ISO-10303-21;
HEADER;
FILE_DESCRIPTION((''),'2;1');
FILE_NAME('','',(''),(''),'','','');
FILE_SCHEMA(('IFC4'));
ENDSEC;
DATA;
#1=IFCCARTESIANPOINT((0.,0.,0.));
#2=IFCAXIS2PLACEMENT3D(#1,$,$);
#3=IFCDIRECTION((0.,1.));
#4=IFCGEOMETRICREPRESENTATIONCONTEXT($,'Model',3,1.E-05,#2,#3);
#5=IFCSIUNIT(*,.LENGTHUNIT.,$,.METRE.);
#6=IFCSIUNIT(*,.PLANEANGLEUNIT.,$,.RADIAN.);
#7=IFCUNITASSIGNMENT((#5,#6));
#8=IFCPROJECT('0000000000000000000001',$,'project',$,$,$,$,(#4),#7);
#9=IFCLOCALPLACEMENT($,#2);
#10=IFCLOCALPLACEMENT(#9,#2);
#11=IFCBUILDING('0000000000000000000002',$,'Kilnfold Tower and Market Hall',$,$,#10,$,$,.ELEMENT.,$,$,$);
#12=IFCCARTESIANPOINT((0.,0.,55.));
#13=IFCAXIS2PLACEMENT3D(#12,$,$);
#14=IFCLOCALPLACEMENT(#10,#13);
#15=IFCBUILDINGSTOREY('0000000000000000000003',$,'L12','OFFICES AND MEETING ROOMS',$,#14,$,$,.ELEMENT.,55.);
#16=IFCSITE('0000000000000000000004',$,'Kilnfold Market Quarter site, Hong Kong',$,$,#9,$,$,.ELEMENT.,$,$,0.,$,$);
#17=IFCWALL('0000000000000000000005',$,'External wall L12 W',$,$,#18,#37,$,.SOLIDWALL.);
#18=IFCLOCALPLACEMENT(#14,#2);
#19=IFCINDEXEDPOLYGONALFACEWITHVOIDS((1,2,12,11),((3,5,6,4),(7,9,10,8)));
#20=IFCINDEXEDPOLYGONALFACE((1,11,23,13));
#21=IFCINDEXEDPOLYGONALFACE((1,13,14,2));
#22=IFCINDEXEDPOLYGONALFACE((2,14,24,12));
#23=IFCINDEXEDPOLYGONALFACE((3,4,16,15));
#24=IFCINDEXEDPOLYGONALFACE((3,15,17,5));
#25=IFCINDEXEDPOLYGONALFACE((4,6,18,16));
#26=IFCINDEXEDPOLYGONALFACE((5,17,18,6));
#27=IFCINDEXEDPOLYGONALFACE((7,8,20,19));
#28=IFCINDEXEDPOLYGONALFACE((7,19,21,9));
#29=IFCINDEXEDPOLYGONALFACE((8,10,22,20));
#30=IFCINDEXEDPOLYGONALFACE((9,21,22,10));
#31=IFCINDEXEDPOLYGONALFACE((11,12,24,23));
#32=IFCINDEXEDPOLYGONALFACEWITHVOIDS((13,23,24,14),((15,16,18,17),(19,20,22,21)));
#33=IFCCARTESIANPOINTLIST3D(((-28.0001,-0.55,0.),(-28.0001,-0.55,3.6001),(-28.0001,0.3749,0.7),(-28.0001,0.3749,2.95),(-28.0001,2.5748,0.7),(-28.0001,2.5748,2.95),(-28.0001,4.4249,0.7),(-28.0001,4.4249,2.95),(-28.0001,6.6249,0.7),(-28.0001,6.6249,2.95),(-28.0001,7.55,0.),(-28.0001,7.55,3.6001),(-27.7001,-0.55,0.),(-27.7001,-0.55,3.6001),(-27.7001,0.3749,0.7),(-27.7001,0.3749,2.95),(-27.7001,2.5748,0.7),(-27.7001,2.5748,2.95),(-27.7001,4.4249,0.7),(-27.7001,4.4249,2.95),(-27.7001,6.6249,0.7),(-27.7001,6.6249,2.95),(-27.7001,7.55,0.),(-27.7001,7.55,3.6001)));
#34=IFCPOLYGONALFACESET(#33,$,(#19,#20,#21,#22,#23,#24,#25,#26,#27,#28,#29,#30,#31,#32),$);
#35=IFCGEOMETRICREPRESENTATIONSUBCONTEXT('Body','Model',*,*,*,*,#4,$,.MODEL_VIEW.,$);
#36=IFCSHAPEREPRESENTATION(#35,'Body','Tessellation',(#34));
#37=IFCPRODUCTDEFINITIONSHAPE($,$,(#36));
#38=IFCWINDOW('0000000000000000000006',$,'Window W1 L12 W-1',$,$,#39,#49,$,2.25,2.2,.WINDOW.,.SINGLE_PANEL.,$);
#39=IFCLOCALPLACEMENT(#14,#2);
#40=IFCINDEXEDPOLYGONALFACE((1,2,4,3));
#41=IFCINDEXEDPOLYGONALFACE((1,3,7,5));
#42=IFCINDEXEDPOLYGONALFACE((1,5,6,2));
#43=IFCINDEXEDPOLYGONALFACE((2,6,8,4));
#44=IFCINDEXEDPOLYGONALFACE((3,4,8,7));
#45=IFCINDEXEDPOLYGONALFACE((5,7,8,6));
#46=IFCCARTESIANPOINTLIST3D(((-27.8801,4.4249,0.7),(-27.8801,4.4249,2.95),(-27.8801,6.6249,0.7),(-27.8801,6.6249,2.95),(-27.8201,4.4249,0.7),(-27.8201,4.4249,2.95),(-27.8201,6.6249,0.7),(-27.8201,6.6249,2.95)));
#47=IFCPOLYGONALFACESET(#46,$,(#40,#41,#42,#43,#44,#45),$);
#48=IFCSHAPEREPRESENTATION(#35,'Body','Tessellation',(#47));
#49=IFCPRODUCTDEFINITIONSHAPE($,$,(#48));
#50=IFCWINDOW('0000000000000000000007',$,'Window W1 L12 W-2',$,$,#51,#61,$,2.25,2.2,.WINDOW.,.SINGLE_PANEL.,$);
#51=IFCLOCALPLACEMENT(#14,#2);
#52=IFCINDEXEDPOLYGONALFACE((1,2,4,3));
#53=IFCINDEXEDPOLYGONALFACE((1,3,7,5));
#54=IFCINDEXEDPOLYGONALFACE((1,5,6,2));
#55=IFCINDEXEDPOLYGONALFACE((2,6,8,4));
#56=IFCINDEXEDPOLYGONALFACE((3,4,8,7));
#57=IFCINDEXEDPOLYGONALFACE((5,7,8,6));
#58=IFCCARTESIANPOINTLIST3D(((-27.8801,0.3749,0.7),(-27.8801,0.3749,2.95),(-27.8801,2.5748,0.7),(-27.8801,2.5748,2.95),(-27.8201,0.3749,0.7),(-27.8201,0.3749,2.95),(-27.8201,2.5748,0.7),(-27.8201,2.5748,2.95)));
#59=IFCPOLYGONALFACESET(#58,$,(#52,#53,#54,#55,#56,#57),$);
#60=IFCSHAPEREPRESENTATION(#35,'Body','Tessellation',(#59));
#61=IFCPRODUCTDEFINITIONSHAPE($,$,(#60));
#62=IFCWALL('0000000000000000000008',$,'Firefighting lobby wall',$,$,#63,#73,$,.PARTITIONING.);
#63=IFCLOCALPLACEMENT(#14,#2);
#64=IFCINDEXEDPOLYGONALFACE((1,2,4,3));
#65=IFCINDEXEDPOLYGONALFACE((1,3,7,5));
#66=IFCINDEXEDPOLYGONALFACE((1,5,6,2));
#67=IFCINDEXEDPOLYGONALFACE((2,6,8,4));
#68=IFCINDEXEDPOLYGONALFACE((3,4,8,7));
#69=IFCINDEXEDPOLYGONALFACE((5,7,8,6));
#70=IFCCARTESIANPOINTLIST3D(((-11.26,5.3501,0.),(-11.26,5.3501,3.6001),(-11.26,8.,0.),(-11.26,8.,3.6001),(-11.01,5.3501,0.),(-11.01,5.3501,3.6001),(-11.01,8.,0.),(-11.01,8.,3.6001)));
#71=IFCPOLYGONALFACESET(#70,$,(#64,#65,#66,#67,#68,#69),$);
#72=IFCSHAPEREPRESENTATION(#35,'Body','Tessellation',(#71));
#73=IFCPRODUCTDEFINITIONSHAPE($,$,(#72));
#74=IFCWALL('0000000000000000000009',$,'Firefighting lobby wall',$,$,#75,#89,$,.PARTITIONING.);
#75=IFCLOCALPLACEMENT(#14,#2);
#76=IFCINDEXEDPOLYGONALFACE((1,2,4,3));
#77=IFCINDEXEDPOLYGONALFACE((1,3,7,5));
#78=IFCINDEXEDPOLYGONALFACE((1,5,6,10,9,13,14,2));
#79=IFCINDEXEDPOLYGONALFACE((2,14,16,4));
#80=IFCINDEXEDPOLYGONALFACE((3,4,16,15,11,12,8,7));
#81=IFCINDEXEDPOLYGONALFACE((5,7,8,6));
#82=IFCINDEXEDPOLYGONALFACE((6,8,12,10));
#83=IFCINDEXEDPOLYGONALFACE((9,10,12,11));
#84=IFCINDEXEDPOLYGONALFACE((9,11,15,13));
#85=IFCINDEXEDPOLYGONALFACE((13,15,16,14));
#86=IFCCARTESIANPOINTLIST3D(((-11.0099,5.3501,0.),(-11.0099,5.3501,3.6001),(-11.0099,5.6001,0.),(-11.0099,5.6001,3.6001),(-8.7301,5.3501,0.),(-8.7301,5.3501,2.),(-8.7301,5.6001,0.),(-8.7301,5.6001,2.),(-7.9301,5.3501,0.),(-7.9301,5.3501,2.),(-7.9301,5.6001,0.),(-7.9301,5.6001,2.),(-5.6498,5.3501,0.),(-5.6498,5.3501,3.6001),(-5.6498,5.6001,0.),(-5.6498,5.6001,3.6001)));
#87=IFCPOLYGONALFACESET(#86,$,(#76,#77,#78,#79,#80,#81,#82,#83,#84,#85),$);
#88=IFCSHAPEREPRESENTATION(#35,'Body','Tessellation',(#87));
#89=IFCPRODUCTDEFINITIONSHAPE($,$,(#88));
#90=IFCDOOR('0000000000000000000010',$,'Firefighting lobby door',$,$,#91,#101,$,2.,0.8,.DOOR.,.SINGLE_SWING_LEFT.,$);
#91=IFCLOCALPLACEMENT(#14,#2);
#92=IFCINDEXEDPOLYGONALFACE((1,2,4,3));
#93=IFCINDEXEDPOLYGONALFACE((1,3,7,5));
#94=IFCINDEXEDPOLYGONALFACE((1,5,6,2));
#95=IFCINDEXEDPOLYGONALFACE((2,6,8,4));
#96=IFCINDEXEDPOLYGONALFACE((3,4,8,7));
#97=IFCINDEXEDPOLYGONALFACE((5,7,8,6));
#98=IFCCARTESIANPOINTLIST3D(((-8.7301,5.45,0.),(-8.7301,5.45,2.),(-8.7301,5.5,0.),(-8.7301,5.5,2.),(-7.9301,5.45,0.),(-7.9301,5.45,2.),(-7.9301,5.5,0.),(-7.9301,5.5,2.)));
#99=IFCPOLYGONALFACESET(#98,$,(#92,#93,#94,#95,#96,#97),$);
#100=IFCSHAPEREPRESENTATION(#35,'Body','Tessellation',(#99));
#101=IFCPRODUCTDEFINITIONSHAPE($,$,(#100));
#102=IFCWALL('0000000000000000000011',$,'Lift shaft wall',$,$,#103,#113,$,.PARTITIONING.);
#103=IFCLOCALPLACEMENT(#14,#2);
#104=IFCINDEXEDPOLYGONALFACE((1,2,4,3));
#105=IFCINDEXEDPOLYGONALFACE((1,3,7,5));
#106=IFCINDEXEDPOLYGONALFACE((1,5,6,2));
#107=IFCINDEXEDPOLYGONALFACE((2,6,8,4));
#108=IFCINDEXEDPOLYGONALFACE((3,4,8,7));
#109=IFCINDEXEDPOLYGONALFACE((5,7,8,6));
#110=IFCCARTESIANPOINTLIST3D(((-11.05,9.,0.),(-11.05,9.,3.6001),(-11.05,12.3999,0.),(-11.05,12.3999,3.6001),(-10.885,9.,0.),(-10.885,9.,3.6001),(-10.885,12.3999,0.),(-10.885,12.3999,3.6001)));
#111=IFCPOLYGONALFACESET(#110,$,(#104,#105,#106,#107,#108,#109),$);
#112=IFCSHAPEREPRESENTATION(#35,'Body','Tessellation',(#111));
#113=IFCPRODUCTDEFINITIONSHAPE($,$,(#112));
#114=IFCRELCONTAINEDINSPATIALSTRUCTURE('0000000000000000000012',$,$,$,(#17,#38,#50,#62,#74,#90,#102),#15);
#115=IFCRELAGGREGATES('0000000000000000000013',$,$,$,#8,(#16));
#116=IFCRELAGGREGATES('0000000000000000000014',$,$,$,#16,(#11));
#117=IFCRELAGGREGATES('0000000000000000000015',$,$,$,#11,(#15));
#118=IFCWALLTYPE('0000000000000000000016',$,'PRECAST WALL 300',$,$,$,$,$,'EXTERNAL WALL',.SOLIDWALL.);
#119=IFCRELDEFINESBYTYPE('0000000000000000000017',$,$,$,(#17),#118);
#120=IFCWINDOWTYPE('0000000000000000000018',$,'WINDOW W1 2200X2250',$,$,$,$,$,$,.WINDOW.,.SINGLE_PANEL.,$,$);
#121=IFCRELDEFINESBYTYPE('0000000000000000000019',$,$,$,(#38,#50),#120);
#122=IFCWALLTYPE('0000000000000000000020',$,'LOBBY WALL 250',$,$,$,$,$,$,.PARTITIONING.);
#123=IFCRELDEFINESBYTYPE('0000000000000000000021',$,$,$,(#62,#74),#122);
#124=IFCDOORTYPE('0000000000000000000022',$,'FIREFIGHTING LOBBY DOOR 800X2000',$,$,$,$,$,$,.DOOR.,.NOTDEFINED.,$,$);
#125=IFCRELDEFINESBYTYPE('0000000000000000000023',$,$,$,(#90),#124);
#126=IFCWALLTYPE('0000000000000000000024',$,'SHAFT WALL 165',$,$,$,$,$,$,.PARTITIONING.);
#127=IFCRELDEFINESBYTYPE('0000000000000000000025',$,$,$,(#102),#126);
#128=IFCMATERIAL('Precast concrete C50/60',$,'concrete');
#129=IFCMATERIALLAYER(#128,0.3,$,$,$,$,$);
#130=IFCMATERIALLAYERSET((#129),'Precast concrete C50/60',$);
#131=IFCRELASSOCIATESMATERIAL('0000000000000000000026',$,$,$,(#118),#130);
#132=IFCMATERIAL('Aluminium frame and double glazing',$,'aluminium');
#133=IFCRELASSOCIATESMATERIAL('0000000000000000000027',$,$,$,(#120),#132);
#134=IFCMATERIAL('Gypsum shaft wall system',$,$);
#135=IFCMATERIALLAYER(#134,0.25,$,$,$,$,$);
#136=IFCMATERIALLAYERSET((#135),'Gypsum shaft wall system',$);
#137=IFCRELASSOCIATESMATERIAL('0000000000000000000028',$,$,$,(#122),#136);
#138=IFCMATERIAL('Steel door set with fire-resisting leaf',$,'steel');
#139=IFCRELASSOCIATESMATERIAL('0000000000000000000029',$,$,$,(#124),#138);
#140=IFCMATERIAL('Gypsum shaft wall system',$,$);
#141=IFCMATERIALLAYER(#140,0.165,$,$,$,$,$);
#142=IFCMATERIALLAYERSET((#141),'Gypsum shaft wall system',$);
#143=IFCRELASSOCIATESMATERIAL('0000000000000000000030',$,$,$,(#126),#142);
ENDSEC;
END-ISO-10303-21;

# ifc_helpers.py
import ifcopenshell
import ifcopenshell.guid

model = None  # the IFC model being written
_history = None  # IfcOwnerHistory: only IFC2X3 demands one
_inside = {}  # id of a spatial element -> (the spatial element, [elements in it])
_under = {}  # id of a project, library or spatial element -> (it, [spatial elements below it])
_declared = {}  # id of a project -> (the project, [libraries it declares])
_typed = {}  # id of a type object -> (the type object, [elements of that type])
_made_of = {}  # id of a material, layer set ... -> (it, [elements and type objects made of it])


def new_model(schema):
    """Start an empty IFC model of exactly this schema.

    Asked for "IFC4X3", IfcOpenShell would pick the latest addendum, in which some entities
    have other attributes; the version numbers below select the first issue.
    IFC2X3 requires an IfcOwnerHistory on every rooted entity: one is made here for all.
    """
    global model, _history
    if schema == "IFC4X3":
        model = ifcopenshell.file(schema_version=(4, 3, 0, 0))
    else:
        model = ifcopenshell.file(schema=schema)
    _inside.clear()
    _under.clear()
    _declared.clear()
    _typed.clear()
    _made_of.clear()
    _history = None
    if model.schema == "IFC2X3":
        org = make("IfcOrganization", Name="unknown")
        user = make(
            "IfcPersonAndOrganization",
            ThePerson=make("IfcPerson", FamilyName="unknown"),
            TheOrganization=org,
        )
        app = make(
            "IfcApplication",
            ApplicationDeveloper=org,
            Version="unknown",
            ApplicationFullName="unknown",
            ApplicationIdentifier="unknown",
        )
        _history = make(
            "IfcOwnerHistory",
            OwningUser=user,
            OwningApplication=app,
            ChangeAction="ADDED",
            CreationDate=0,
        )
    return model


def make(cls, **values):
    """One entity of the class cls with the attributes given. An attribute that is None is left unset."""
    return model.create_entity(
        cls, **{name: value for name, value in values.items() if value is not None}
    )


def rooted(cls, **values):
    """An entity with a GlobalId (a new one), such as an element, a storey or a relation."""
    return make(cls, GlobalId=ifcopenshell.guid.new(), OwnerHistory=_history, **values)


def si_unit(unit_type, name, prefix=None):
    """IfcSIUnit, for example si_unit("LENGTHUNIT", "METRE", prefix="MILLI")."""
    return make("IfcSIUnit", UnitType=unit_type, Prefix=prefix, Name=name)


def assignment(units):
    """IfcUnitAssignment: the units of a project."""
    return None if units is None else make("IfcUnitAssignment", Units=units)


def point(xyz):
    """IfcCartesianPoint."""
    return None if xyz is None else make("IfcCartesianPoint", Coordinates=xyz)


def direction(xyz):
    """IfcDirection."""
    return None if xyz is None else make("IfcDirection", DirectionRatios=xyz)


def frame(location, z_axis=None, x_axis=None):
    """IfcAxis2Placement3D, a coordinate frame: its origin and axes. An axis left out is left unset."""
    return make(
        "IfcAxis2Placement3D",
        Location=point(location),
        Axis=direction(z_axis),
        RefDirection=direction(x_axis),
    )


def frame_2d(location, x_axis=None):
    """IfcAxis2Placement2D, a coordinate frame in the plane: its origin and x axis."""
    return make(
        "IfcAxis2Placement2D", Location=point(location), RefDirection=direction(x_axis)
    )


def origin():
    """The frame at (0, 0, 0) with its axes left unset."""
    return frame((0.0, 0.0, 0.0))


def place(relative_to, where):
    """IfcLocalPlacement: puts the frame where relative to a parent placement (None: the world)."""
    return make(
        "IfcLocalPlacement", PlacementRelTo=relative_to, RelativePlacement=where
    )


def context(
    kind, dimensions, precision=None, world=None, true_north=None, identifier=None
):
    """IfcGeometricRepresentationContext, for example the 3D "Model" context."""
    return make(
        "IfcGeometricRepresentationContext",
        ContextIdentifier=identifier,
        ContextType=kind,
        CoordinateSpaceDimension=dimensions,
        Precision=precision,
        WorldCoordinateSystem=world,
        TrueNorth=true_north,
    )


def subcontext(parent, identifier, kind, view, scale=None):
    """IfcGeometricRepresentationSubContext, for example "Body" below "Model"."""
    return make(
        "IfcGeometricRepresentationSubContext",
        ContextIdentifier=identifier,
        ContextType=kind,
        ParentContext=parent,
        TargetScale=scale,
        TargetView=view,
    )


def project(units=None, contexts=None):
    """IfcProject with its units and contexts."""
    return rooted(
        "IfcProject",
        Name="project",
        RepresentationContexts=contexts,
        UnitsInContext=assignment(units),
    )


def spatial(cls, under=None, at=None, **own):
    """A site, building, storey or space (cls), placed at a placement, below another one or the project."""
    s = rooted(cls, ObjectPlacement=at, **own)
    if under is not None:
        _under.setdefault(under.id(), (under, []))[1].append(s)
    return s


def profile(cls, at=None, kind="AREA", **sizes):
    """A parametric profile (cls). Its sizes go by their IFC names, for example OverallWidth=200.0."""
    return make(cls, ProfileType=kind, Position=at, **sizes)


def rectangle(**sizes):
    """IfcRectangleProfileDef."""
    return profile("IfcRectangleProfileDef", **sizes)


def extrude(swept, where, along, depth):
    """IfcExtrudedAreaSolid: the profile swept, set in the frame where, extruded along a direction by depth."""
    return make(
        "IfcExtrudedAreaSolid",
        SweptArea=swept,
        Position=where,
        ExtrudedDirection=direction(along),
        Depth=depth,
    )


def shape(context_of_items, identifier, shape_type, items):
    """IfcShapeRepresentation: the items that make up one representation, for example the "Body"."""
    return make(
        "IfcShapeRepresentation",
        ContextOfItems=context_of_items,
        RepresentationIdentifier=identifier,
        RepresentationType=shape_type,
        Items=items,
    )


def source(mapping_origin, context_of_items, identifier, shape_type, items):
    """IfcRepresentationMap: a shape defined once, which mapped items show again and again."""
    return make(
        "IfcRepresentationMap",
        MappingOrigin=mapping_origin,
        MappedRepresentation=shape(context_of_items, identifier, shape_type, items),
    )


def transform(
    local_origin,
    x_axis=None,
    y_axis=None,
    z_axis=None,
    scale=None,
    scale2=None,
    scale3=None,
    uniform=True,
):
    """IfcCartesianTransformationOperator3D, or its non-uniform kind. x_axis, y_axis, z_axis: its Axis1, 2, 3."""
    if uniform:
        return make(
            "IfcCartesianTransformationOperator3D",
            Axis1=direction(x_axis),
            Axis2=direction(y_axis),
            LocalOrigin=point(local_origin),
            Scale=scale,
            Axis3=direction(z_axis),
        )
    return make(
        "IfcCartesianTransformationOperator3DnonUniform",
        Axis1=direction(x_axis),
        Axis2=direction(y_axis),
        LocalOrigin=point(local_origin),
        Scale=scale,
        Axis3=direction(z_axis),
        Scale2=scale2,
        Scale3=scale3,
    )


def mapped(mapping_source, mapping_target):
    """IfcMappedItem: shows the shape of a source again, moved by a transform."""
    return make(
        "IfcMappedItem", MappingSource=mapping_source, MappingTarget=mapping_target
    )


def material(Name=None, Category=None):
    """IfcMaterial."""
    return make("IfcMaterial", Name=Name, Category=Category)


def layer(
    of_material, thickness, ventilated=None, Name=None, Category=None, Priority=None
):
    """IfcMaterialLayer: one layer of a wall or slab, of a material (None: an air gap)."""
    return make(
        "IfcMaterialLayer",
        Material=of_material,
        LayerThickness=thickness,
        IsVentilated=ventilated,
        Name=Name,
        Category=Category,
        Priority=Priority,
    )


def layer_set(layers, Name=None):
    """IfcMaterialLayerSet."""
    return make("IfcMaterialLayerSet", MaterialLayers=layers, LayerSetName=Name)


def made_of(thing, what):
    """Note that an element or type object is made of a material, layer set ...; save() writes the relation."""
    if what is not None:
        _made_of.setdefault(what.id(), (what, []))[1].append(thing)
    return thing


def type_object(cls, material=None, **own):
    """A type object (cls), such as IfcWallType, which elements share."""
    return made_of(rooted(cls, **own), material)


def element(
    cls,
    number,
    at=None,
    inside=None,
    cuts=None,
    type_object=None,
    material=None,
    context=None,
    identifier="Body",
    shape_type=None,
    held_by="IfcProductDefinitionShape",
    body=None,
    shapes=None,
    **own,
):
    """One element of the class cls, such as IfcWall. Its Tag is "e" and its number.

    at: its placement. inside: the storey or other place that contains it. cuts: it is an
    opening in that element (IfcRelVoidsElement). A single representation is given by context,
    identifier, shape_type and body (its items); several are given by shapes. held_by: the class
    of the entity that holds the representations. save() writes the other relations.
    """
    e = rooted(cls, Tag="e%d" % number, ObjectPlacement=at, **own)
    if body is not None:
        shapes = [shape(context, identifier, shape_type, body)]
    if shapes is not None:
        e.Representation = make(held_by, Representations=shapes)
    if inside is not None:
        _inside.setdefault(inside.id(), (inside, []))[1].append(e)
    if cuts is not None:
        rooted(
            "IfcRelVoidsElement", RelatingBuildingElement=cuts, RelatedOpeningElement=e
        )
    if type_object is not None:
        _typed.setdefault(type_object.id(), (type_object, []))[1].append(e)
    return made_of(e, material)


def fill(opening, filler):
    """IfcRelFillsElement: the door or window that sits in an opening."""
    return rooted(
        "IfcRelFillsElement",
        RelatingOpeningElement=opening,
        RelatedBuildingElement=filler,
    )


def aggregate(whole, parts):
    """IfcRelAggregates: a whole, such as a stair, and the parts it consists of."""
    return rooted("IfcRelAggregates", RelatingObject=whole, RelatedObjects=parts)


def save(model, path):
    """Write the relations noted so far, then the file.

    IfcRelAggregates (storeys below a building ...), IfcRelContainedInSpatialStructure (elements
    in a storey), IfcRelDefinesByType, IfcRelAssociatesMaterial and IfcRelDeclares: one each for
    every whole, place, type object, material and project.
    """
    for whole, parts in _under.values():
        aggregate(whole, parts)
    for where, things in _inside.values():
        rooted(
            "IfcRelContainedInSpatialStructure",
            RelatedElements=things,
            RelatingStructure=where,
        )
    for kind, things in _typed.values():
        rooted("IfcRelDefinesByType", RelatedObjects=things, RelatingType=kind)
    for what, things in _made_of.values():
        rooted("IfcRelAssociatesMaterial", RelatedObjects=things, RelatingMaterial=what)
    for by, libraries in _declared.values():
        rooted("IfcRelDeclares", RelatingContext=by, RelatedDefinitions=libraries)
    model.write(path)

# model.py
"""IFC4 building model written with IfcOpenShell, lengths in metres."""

from ifc_helpers import new_model, si_unit, direction, frame, frame_2d, origin, place, context, subcontext, project, spatial, rectangle, extrude, source, transform, mapped, material, layer, layer_set, type_object, element, fill, save


model = new_model("IFC4")

# Units and contexts
model_context = context("Model", 3, precision=1e-05, world=origin(), true_north=direction((0.0, 1.0)))
body_context = subcontext(model_context, "Body", "Model", "MODEL_VIEW")
ifc_project = project(units=[si_unit("LENGTHUNIT", "METRE"), si_unit("PLANEANGLEUNIT", "RADIAN")], contexts=[model_context])

# Site, building, storey
site_placement = place(None, origin())
site = spatial("IfcSite", under=ifc_project, at=site_placement, Name="Kilnfold Market Quarter site, Hong Kong", CompositionType="ELEMENT", RefElevation=0.0)
building_placement = place(site_placement, origin())
building = spatial("IfcBuilding", under=site, at=building_placement, Name="Kilnfold Tower and Market Hall", CompositionType="ELEMENT")
storey_placement = place(building_placement, frame((0.0, 0.0, 55.0)))
storey = spatial("IfcBuildingStorey", under=building, at=storey_placement, Name="L12", Description="OFFICES AND MEETING ROOMS", CompositionType="ELEMENT", Elevation=55.0)

# Wall, openings, windows
ifc_material_1 = material(Name="Precast concrete C50/60", Category="concrete")
ifc_layer_1 = layer(ifc_material_1, 0.3)
ifc_layer_set_1 = layer_set([ifc_layer_1], Name="Precast concrete C50/60")
wall_type_1 = type_object("IfcWallType", Name="PRECAST WALL 300", ElementType="EXTERNAL WALL", PredefinedType="SOLIDWALL", material=ifc_layer_set_1)
shared_shape_1 = source(origin(), body_context, "Body", "SweptSolid", [
    extrude(rectangle(XDim=8.1001, YDim=0.3, at=frame_2d((4.05, 0.0))), origin(), (0.0, 0.0, 1.0), 3.6001),
])
wall_1_placement = place(storey_placement, frame((-27.8501, 7.55, 0.0), z_axis=(0.0, 0.0, 1.0), x_axis=(0.0, -1.0, 0.0)))
wall_1 = element("IfcWall", 1, at=wall_1_placement, inside=storey, type_object=wall_type_1, Name="External wall L12 W", PredefinedType="SOLIDWALL", context=body_context, shape_type="MappedRepresentation", body=[
    mapped(shared_shape_1, transform((0.0, 0.0, 0.0))),
])
opening_1_placement = place(wall_1_placement, frame((0.925, 0.0, 0.7)))
opening_1 = element("IfcOpeningElement", 2, at=opening_1_placement, cuts=wall_1, PredefinedType="OPENING", context=body_context, shape_type="SweptSolid", body=[
    extrude(rectangle(XDim=2.2, YDim=2.25, at=frame_2d((1.1001, 1.125))), frame((0.0, 0.1602, 0.0), z_axis=(0.0, -1.0, 0.0), x_axis=(1.0, 0.0, 0.0)), (0.0, 0.0, 1.0), 0.3201),
])
opening_2_placement = place(wall_1_placement, frame((4.9751, 0.0, 0.7)))
opening_2 = element("IfcOpeningElement", 3, at=opening_2_placement, cuts=wall_1, PredefinedType="OPENING", context=body_context, shape_type="SweptSolid", body=[
    extrude(rectangle(XDim=2.2, YDim=2.25, at=frame_2d((1.1001, 1.125))), frame((0.0, 0.1602, 0.0), z_axis=(0.0, -1.0, 0.0), x_axis=(1.0, 0.0, 0.0)), (0.0, 0.0, 1.0), 0.3201),
])
ifc_material_2 = material(Name="Aluminium frame and double glazing", Category="aluminium")
window_type = type_object("IfcWindowType", Name="WINDOW W1 2200X2250", PartitioningType="SINGLE_PANEL", PredefinedType="WINDOW", material=ifc_material_2)
window_1_placement = place(opening_1_placement, origin())
window_1 = element("IfcWindow", 4, at=window_1_placement, inside=storey, type_object=window_type, Name="Window W1 L12 W-1", OverallHeight=2.25, OverallWidth=2.2, PartitioningType="SINGLE_PANEL", PredefinedType="WINDOW", context=body_context, shape_type="SweptSolid", body=[
    extrude(rectangle(XDim=2.2, YDim=2.25, at=frame_2d((1.1001, 1.125))), frame((0.0, 0.03, 0.0), z_axis=(0.0, -1.0, 0.0), x_axis=(1.0, 0.0, 0.0)), (0.0, 0.0, 1.0), 0.0601),
])
fill(opening_1, window_1)
window_2_placement = place(opening_2_placement, origin())
window_2 = element("IfcWindow", 5, at=window_2_placement, inside=storey, type_object=window_type, Name="Window W1 L12 W-2", OverallHeight=2.25, OverallWidth=2.2, PartitioningType="SINGLE_PANEL", PredefinedType="WINDOW", context=body_context, shape_type="SweptSolid", body=[
    extrude(rectangle(XDim=2.2, YDim=2.25, at=frame_2d((1.1001, 1.125))), frame((0.0, 0.03, 0.0), z_axis=(0.0, -1.0, 0.0), x_axis=(1.0, 0.0, 0.0)), (0.0, 0.0, 1.0), 0.0601),
])
fill(opening_2, window_2)

# Wall
ifc_material_3 = material(Name="Gypsum shaft wall system")
ifc_layer_2 = layer(ifc_material_3, 0.25)
ifc_layer_set_2 = layer_set([ifc_layer_2], Name="Gypsum shaft wall system")
wall_type_2 = type_object("IfcWallType", Name="LOBBY WALL 250", PredefinedType="PARTITIONING", material=ifc_layer_set_2)
shared_shape_2 = source(origin(), body_context, "Body", "SweptSolid", [
    extrude(rectangle(XDim=2.6499, YDim=0.25, at=frame_2d((1.325, 0.0))), origin(), (0.0, 0.0, 1.0), 3.6001),
])
wall_2_placement = place(storey_placement, frame((-11.135, 5.3501, 0.0), z_axis=(0.0, 0.0, 1.0), x_axis=(0.0, 1.0, 0.0)))
element("IfcWall", 6, at=wall_2_placement, inside=storey, type_object=wall_type_2, Name="Firefighting lobby wall", PredefinedType="PARTITIONING", context=body_context, shape_type="MappedRepresentation", body=[
    mapped(shared_shape_2, transform((0.0, 0.0, 0.0))),
])

# Wall, opening, door
shared_shape_3 = source(origin(), body_context, "Body", "SweptSolid", [
    extrude(rectangle(XDim=5.3601, YDim=0.25, at=frame_2d((2.6802, 0.0))), origin(), (0.0, 0.0, 1.0), 3.6001),
])
wall_3_placement = place(storey_placement, frame((-11.01, 5.4751, 0.0), z_axis=(0.0, 0.0, 1.0), x_axis=(1.0, 0.0, 0.0)))
wall_3 = element("IfcWall", 7, at=wall_3_placement, inside=storey, type_object=wall_type_2, Name="Firefighting lobby wall", PredefinedType="PARTITIONING", context=body_context, shape_type="MappedRepresentation", body=[
    mapped(shared_shape_3, transform((0.0, 0.0, 0.0))),
])
opening_3_placement = place(wall_3_placement, frame((2.28, 0.0, 0.0)))
opening_3 = element("IfcOpeningElement", 8, at=opening_3_placement, cuts=wall_3, PredefinedType="OPENING", context=body_context, shape_type="SweptSolid", body=[
    extrude(rectangle(XDim=0.8, YDim=2.0, at=frame_2d((0.3999, 1.0))), frame((0.0, 0.135, 0.0), z_axis=(0.0, -1.0, 0.0), x_axis=(1.0, 0.0, 0.0)), (0.0, 0.0, 1.0), 0.27),
])
ifc_material_4 = material(Name="Steel door set with fire-resisting leaf", Category="steel")
door_type_1 = type_object("IfcDoorType", Name="FIREFIGHTING LOBBY DOOR 800X2000", OperationType="NOTDEFINED", PredefinedType="DOOR", material=ifc_material_4)
door_1_placement = place(opening_3_placement, origin())
door_1 = element("IfcDoor", 9, at=door_1_placement, inside=storey, type_object=door_type_1, Name="Firefighting lobby door", OperationType="SINGLE_SWING_LEFT", OverallHeight=2.0, OverallWidth=0.8, PredefinedType="DOOR", context=body_context, shape_type="SweptSolid", body=[
    extrude(rectangle(XDim=0.8, YDim=2.0, at=frame_2d((0.3999, 1.0))), frame((0.0, 0.0249, 0.0), z_axis=(0.0, -1.0, 0.0), x_axis=(1.0, 0.0, 0.0)), (0.0, 0.0, 1.0), 0.05),
])
fill(opening_3, door_1)

# Wall
ifc_material_5 = material(Name="Gypsum shaft wall system")
ifc_layer_3 = layer(ifc_material_5, 0.165)
ifc_layer_set_3 = layer_set([ifc_layer_3], Name="Gypsum shaft wall system")
wall_type_3 = type_object("IfcWallType", Name="SHAFT WALL 165", PredefinedType="PARTITIONING", material=ifc_layer_set_3)
shared_shape_4 = source(origin(), body_context, "Body", "SweptSolid", [
    extrude(rectangle(XDim=3.3999, YDim=0.165, at=frame_2d((1.7, 0.0))), origin(), (0.0, 0.0, 1.0), 3.6001),
])
wall_4_placement = place(storey_placement, frame((-10.9675, 9.0, 0.0), z_axis=(0.0, 0.0, 1.0), x_axis=(0.0, 1.0, 0.0)))
element("IfcWall", 10, at=wall_4_placement, inside=storey, type_object=wall_type_3, Name="Lift shaft wall", PredefinedType="PARTITIONING", context=body_context, shape_type="MappedRepresentation", body=[
    mapped(shared_shape_4, transform((0.0, 0.0, 0.0))),
])

save(model, "model.ifc")
